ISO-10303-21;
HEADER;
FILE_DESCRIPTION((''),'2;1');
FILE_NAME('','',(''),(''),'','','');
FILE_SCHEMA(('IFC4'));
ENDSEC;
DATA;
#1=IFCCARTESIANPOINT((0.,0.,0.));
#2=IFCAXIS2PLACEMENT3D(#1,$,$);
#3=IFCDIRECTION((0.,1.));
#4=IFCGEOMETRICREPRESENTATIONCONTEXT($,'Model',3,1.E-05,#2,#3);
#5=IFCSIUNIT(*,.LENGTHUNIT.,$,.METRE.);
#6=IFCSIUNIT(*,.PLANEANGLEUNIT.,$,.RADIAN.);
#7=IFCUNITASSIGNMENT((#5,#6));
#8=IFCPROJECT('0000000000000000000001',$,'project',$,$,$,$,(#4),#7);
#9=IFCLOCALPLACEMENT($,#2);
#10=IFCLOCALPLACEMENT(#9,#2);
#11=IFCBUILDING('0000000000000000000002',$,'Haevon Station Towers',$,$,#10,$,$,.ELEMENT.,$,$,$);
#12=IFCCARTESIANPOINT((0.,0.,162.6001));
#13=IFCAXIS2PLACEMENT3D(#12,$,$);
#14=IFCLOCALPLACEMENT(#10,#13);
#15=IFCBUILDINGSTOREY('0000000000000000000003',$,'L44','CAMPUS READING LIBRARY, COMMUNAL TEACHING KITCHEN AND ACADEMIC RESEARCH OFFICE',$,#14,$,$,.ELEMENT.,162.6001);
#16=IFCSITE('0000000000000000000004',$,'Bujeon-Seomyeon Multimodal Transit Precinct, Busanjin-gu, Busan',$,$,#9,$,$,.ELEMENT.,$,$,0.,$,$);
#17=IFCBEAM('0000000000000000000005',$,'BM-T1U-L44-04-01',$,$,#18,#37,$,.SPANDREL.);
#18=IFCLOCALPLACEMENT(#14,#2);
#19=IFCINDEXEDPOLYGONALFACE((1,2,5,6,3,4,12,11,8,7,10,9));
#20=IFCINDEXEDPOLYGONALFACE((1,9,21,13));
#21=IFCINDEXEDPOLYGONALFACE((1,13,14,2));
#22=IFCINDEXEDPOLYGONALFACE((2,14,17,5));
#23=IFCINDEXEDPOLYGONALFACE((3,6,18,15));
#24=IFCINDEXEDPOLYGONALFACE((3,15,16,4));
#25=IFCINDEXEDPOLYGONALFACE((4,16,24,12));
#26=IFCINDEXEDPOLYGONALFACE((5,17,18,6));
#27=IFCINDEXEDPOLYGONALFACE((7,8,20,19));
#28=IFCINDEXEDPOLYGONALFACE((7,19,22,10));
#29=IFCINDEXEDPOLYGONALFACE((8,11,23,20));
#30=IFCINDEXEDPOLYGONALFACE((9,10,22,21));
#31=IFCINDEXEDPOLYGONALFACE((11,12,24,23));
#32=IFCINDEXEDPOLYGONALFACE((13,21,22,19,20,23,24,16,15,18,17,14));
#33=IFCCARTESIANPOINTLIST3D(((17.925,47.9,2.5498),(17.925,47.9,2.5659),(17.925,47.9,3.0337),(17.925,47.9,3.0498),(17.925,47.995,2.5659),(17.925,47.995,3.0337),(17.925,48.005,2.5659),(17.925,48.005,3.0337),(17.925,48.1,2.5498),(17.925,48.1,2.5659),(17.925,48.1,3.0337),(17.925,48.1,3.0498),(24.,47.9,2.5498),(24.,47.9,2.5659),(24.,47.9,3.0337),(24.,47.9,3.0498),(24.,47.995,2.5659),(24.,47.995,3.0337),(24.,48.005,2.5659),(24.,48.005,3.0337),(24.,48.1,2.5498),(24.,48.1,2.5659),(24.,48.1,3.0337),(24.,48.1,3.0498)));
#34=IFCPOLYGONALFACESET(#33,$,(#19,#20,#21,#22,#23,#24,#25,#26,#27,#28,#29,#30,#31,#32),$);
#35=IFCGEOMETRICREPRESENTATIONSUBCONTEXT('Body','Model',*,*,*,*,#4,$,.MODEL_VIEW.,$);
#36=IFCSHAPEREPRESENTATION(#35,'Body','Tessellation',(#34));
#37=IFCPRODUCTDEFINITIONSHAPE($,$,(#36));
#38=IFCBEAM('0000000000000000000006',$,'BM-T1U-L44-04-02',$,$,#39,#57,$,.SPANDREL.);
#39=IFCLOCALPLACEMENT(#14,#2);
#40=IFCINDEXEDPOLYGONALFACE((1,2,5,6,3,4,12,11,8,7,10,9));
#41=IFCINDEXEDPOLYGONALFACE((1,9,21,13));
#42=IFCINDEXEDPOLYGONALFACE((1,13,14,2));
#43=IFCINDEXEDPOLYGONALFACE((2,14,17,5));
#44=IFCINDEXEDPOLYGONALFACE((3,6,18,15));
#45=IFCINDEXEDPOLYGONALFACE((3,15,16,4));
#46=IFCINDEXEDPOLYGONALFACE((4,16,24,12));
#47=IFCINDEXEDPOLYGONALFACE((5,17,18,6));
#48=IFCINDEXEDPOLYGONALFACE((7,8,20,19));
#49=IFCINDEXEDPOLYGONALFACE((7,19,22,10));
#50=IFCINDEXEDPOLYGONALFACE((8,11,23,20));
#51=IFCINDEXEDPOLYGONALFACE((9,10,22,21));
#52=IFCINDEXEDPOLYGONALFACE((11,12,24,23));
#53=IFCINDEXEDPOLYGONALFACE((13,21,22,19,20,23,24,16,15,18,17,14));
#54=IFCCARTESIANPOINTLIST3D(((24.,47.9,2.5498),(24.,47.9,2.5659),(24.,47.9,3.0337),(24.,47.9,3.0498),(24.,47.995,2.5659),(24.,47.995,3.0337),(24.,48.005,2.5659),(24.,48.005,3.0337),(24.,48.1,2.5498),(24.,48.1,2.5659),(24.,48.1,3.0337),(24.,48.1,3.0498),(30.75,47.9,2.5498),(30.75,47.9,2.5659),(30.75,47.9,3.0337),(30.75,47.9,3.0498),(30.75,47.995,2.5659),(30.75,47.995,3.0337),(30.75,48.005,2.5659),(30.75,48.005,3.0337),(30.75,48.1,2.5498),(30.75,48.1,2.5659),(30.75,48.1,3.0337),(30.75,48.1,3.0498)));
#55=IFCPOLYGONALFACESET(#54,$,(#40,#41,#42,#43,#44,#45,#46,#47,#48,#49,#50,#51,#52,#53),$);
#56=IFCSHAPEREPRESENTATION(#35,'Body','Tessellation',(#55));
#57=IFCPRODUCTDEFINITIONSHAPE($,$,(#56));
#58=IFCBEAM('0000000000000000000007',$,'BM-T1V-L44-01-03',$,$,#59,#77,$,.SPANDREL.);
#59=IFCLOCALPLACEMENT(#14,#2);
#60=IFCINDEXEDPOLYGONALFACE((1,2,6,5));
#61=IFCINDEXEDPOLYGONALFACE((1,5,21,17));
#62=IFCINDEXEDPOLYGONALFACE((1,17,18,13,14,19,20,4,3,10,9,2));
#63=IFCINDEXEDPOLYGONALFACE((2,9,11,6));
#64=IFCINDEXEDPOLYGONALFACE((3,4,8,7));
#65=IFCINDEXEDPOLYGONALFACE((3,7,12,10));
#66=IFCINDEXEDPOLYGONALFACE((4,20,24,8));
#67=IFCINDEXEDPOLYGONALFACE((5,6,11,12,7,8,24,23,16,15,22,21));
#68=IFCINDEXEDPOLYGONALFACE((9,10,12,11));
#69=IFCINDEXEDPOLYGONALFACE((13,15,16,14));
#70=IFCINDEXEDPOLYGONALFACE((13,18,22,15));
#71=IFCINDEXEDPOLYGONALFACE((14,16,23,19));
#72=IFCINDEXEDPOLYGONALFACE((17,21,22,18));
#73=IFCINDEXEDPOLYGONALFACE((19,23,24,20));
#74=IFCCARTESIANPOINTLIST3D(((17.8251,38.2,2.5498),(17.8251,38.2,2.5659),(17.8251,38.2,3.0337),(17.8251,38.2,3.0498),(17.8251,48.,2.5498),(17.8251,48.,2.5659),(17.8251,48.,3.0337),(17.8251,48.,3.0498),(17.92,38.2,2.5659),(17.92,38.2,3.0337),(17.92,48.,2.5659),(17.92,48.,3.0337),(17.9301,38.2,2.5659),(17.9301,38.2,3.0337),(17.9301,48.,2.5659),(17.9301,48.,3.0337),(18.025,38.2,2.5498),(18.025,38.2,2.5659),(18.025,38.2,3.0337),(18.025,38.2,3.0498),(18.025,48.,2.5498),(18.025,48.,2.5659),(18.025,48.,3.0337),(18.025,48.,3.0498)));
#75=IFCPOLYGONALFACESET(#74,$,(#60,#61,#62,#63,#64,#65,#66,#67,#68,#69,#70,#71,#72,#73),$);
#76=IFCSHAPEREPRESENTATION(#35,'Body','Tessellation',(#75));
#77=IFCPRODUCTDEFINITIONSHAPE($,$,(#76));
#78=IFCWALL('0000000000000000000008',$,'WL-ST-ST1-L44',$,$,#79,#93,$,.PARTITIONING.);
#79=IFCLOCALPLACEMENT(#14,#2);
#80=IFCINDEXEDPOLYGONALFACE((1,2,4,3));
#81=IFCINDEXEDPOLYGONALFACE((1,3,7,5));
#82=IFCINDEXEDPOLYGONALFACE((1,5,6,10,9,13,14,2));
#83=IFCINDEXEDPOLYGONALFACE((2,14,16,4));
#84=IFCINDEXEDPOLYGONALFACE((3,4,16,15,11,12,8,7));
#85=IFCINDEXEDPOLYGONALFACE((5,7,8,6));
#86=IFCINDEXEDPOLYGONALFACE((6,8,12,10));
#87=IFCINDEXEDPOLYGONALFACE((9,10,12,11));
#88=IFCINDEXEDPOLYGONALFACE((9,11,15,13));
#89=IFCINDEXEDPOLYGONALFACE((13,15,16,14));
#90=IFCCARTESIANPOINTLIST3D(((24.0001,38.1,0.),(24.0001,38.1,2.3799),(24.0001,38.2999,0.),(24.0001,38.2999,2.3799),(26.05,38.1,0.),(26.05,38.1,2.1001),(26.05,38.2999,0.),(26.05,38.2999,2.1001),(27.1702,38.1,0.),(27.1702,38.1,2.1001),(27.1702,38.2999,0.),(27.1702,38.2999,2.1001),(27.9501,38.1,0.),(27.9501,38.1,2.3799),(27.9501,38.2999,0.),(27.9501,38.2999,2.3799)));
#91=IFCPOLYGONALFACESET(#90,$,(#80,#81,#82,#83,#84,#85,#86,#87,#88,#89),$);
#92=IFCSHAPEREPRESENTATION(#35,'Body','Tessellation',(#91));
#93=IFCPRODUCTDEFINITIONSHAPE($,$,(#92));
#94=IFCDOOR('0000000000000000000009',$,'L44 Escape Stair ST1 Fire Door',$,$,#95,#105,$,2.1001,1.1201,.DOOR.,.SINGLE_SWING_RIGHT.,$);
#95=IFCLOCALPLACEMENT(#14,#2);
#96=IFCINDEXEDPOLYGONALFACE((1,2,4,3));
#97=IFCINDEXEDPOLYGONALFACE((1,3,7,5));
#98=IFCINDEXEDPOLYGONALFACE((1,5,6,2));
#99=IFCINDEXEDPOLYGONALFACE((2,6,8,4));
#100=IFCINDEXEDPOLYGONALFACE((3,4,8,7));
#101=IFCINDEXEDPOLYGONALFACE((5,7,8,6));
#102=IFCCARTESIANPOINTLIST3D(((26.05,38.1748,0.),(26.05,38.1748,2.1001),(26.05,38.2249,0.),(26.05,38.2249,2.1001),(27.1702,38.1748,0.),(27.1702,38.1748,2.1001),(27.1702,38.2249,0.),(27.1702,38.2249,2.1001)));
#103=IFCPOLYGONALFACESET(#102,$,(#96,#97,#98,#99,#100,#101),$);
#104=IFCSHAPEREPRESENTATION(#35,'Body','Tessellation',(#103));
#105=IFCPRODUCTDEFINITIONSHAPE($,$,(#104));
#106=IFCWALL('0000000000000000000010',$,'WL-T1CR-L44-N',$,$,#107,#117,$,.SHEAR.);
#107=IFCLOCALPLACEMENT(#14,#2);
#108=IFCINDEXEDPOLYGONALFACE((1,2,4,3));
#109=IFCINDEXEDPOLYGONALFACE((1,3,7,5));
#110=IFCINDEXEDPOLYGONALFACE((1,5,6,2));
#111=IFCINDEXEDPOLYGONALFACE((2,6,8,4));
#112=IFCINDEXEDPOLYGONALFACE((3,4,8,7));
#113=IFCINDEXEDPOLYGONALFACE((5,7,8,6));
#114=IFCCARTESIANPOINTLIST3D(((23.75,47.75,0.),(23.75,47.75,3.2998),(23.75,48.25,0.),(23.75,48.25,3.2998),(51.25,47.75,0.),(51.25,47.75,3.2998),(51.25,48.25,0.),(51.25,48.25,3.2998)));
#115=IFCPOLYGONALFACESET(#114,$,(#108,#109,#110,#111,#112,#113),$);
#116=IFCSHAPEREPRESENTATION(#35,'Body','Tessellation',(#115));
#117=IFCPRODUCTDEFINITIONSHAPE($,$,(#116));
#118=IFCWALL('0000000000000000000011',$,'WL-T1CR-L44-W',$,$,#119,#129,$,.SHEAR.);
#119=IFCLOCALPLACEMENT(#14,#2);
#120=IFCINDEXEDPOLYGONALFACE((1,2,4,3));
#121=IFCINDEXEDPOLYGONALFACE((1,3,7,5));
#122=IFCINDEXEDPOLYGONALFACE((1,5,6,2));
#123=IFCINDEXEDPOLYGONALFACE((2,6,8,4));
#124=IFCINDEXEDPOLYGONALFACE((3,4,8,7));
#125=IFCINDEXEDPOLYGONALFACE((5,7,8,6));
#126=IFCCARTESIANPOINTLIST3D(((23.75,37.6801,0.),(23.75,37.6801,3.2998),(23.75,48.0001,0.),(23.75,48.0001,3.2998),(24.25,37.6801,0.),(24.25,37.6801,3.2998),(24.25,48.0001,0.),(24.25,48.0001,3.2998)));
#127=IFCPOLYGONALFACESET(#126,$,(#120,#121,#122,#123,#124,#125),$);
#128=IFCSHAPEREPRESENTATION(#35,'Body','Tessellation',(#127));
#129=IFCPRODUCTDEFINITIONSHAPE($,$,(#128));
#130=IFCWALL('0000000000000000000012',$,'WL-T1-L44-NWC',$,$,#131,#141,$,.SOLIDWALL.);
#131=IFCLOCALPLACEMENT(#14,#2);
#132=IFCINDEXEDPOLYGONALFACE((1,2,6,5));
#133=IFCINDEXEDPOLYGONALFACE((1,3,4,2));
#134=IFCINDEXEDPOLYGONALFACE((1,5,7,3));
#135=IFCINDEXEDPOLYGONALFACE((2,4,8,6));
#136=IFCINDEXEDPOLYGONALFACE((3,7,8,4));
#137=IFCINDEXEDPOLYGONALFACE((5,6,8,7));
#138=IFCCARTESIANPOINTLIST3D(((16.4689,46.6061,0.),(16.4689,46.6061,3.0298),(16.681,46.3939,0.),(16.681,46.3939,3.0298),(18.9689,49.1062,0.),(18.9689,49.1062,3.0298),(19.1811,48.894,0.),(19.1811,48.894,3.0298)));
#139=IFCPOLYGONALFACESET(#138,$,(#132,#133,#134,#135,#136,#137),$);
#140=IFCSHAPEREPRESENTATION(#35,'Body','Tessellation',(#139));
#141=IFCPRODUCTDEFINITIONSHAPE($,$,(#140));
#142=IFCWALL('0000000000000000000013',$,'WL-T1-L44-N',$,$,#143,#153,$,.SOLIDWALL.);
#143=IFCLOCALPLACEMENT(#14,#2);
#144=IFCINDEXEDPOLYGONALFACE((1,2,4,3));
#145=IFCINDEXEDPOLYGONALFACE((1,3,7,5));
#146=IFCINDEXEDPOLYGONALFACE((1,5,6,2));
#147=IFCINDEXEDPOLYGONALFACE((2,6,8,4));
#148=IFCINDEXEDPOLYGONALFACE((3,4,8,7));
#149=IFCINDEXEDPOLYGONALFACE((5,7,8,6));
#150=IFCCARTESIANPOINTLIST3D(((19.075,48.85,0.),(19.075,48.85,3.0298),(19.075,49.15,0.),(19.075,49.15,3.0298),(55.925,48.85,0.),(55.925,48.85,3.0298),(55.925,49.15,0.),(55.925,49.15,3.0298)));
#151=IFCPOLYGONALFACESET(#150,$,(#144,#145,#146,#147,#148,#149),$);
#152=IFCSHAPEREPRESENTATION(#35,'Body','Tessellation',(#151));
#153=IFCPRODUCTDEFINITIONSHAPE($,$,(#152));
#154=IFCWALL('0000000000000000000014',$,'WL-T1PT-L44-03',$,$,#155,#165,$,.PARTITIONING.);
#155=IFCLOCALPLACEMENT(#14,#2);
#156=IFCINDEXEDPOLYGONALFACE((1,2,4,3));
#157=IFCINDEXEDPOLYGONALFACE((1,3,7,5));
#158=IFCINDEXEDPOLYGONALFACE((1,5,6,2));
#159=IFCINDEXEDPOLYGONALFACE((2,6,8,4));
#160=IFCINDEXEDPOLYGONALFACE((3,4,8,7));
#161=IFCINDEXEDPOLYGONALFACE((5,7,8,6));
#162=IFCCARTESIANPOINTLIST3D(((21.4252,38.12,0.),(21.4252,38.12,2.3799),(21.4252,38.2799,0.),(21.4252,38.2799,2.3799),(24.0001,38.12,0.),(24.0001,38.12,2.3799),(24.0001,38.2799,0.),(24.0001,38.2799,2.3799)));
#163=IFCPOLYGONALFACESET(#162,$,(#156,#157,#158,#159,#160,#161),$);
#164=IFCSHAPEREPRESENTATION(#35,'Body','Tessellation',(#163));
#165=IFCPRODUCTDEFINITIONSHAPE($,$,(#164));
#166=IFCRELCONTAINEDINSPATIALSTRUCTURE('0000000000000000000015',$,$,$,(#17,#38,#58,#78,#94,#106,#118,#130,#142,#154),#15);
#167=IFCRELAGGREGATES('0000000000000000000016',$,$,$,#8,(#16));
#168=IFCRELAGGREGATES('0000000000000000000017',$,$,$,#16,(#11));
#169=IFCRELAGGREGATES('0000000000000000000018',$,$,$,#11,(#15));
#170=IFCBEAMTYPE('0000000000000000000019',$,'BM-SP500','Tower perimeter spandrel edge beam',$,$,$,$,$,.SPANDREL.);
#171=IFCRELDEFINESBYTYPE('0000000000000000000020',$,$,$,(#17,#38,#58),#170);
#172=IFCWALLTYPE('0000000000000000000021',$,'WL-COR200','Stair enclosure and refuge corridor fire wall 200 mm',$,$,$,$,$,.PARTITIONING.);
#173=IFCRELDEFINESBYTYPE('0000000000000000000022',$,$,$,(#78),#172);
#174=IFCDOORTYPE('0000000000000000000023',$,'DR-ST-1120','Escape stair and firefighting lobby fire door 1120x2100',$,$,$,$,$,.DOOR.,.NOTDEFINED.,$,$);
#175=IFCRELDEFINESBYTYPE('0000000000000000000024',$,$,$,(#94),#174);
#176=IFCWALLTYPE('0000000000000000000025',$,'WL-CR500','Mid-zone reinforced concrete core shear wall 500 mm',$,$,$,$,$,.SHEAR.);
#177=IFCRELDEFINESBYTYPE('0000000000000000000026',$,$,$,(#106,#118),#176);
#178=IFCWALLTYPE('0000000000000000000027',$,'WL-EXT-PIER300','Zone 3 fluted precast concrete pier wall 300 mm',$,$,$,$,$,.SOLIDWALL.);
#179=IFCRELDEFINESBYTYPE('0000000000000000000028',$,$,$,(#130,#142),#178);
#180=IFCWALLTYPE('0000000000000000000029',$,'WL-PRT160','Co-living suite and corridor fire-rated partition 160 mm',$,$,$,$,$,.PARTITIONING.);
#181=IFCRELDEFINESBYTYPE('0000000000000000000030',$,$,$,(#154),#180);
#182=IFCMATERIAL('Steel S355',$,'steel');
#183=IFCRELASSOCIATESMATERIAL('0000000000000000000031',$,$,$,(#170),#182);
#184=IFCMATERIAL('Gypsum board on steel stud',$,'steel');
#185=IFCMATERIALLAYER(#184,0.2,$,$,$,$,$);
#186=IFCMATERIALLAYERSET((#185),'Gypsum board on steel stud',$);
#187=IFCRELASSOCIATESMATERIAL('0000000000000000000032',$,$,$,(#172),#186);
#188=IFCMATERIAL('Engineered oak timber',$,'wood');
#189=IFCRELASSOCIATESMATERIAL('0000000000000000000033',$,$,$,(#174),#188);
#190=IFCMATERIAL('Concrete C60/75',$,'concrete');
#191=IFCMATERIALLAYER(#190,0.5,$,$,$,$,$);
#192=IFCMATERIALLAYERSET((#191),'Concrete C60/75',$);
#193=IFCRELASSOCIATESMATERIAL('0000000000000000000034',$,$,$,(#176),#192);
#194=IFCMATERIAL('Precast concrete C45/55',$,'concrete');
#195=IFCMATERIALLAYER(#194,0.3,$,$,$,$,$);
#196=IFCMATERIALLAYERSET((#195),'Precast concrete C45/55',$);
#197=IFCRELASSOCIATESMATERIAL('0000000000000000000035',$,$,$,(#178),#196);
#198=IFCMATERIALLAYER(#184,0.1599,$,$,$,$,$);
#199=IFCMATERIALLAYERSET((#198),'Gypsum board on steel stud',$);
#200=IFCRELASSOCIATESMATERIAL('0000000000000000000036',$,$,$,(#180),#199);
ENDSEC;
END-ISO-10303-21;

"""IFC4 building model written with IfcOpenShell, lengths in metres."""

from ifc_helpers import new_model, si_unit, direction, frame, frame_2d, origin, origin_2d, place, context, subcontext, project, spatial, rectangle, i_section, extrude, material, layer, layer_set, material_profile, profile_set, type_object, element, fill, save


model = new_model("IFC4")

# Units and contexts
model_context = context("Model", 3, precision=1e-05, world=origin(), true_north=direction((0.0, 1.0)))
body_context = subcontext(model_context, "Body", "Model", "MODEL_VIEW")
ifc_project = project(units=[si_unit("LENGTHUNIT", "METRE"), si_unit("PLANEANGLEUNIT", "RADIAN")], contexts=[model_context])

# Site, building, storey
site_placement = place(None, origin())
site = spatial("IfcSite", under=ifc_project, at=site_placement, Name="Bujeon-Seomyeon Multimodal Transit Precinct, Busanjin-gu, Busan", CompositionType="ELEMENT", RefElevation=0.0)
building_placement = place(site_placement, origin())
building = spatial("IfcBuilding", under=site, at=building_placement, Name="Haevon Station Towers", CompositionType="ELEMENT")
storey_placement = place(building_placement, frame((0.0, 0.0, 162.6001)))
storey = spatial("IfcBuildingStorey", under=building, at=storey_placement, Name="L44", Description="CAMPUS READING LIBRARY, COMMUNAL TEACHING KITCHEN AND ACADEMIC RESEARCH OFFICE", CompositionType="ELEMENT", Elevation=162.6001)

# Shared definitions
ifc_material_1 = material(Name="Steel S355", Category="steel")

# Beams
ifc_material_profile_1 = material_profile(ifc_material_1, i_section(OverallWidth=0.2, OverallDepth=0.5, WebThickness=0.01, FlangeThickness=0.0161, at=origin_2d()), Name="H-500x200x10x16")
ifc_profile_set_1 = profile_set([ifc_material_profile_1], Name="Steel S355")
beam_type_1 = type_object("IfcBeamType", Name="BM-SP500", Description="Tower perimeter spandrel edge beam", PredefinedType="SPANDREL", material=ifc_profile_set_1)
beam_1_placement = place(storey_placement, frame((17.925, 48.0, 2.7998), z_axis=(1.0, 0.0, 0.0), x_axis=(0.0, 1.0, 0.0)))
element("IfcBeam", 1, at=beam_1_placement, inside=storey, type_object=beam_type_1, Name="BM-T1U-L44-04-01", PredefinedType="SPANDREL", context=body_context, shape_type="SweptSolid", body=[
    extrude(i_section(OverallWidth=0.2, OverallDepth=0.5, WebThickness=0.01, FlangeThickness=0.0161, at=origin_2d()), origin(), (0.0, 0.0, 1.0), 6.075),
])
beam_2_placement = place(storey_placement, frame((24.0, 48.0, 2.7998), z_axis=(1.0, 0.0, 0.0), x_axis=(0.0, 1.0, 0.0)))
element("IfcBeam", 2, at=beam_2_placement, inside=storey, type_object=beam_type_1, Name="BM-T1U-L44-04-02", PredefinedType="SPANDREL", context=body_context, shape_type="SweptSolid", body=[
    extrude(i_section(OverallWidth=0.2, OverallDepth=0.5, WebThickness=0.01, FlangeThickness=0.0161, at=origin_2d()), origin(), (0.0, 0.0, 1.0), 6.75),
])
beam_3_placement = place(storey_placement, frame((17.925, 38.2, 2.7998), z_axis=(0.0, 1.0, 0.0), x_axis=(-1.0, 0.0, 0.0)))
element("IfcBeam", 3, at=beam_3_placement, inside=storey, type_object=beam_type_1, Name="BM-T1V-L44-01-03", PredefinedType="SPANDREL", context=body_context, shape_type="SweptSolid", body=[
    extrude(i_section(OverallWidth=0.2, OverallDepth=0.5, WebThickness=0.01, FlangeThickness=0.0161, at=origin_2d()), origin(), (0.0, 0.0, 1.0), 9.8),
])

# Wall, opening, door
ifc_material_2 = material(Name="Gypsum board on steel stud", Category="steel")
ifc_layer_1 = layer(ifc_material_2, 0.2)
ifc_layer_set_1 = layer_set([ifc_layer_1], Name="Gypsum board on steel stud")
wall_type_1 = type_object("IfcWallType", Name="WL-COR200", Description="Stair enclosure and refuge corridor fire wall 200 mm", PredefinedType="PARTITIONING", material=ifc_layer_set_1)
wall_1_placement = place(storey_placement, frame((24.0, 38.2, 0.0), z_axis=(0.0, 0.0, 1.0), x_axis=(1.0, 0.0, 0.0)))
wall_1 = element("IfcWall", 4, at=wall_1_placement, inside=storey, type_object=wall_type_1, Name="WL-ST-ST1-L44", PredefinedType="PARTITIONING", context=body_context, shape_type="SweptSolid", body=[
    extrude(rectangle(XDim=3.95, YDim=0.2, at=frame_2d((1.9751, 0.0))), origin(), (0.0, 0.0, 1.0), 2.3799),
])
opening_placement = place(wall_1_placement, frame((2.05, 0.0, 0.0)))
opening = element("IfcOpeningElement", 5, at=opening_placement, cuts=wall_1, PredefinedType="OPENING", context=body_context, shape_type="SweptSolid", body=[
    extrude(rectangle(XDim=1.1201, YDim=2.1001, at=frame_2d((0.5601, 1.05))), frame((0.0, 0.1099, 0.0), z_axis=(0.0, -1.0, 0.0), x_axis=(1.0, 0.0, 0.0)), (0.0, 0.0, 1.0), 0.22),
])
ifc_material_3 = material(Name="Engineered oak timber", Category="wood")
door_type = type_object("IfcDoorType", Name="DR-ST-1120", Description="Escape stair and firefighting lobby fire door 1120x2100", OperationType="NOTDEFINED", PredefinedType="DOOR", material=ifc_material_3)
door_placement = place(opening_placement, origin())
door = element("IfcDoor", 6, at=door_placement, inside=storey, type_object=door_type, Name="L44 Escape Stair ST1 Fire Door", OperationType="SINGLE_SWING_RIGHT", OverallHeight=2.1001, OverallWidth=1.1201, PredefinedType="DOOR", context=body_context, shape_type="SweptSolid", body=[
    extrude(rectangle(XDim=1.1201, YDim=2.1001, at=frame_2d((0.5601, 1.05))), frame((0.0, 0.0249, 0.0), z_axis=(0.0, -1.0, 0.0), x_axis=(1.0, 0.0, 0.0)), (0.0, 0.0, 1.0), 0.05),
])
fill(opening, door)

# Walls
ifc_material_4 = material(Name="Concrete C60/75", Category="concrete")
ifc_layer_2 = layer(ifc_material_4, 0.5)
ifc_layer_set_2 = layer_set([ifc_layer_2], Name="Concrete C60/75")
wall_type_2 = type_object("IfcWallType", Name="WL-CR500", Description="Mid-zone reinforced concrete core shear wall 500 mm", PredefinedType="SHEAR", material=ifc_layer_set_2)
wall_2_placement = place(storey_placement, frame((23.75, 48.0, 0.0), z_axis=(0.0, 0.0, 1.0), x_axis=(1.0, 0.0, 0.0)))
element("IfcWall", 7, at=wall_2_placement, inside=storey, type_object=wall_type_2, Name="WL-T1CR-L44-N", PredefinedType="SHEAR", context=body_context, shape_type="SweptSolid", body=[
    extrude(rectangle(XDim=27.5, YDim=0.5, at=frame_2d((13.75, 0.0))), origin(), (0.0, 0.0, 1.0), 3.2998),
])
wall_3_placement = place(storey_placement, frame((24.0, 37.6799, 0.0), z_axis=(0.0, 0.0, 1.0), x_axis=(0.0, 1.0, 0.0)))
element("IfcWall", 8, at=wall_3_placement, inside=storey, type_object=wall_type_2, Name="WL-T1CR-L44-W", PredefinedType="SHEAR", context=body_context, shape_type="SweptSolid", body=[
    extrude(rectangle(XDim=10.3201, YDim=0.5, at=frame_2d((5.1602, 0.0))), origin(), (0.0, 0.0, 1.0), 3.2998),
])
ifc_material_5 = material(Name="Precast concrete C45/55", Category="concrete")
ifc_layer_3 = layer(ifc_material_5, 0.3)
ifc_layer_set_3 = layer_set([ifc_layer_3], Name="Precast concrete C45/55")
wall_type_3 = type_object("IfcWallType", Name="WL-EXT-PIER300", Description="Zone 3 fluted precast concrete pier wall 300 mm", PredefinedType="SOLIDWALL", material=ifc_layer_set_3)
wall_4_placement = place(storey_placement, frame((16.575, 46.5, 0.0), z_axis=(0.0, 0.0, 1.0), x_axis=(0.707107, 0.707107, 0.0)))
element("IfcWall", 9, at=wall_4_placement, inside=storey, type_object=wall_type_3, Name="WL-T1-L44-NWC", PredefinedType="SOLIDWALL", context=body_context, shape_type="SweptSolid", body=[
    extrude(rectangle(XDim=3.5356, YDim=0.3, at=frame_2d((1.7678, 0.0))), origin(), (0.0, 0.0, 1.0), 3.0298),
])
wall_5_placement = place(storey_placement, frame((19.075, 49.0, 0.0), z_axis=(0.0, 0.0, 1.0), x_axis=(1.0, 0.0, 0.0)))
element("IfcWall", 10, at=wall_5_placement, inside=storey, type_object=wall_type_3, Name="WL-T1-L44-N", PredefinedType="SOLIDWALL", context=body_context, shape_type="SweptSolid", body=[
    extrude(rectangle(XDim=36.8501, YDim=0.3, at=frame_2d((18.425, 0.0))), origin(), (0.0, 0.0, 1.0), 3.0298),
])
ifc_layer_4 = layer(ifc_material_2, 0.1599)
ifc_layer_set_4 = layer_set([ifc_layer_4], Name="Gypsum board on steel stud")
wall_type_4 = type_object("IfcWallType", Name="WL-PRT160", Description="Co-living suite and corridor fire-rated partition 160 mm", PredefinedType="PARTITIONING", material=ifc_layer_set_4)
wall_6_placement = place(storey_placement, frame((21.425, 38.2, 0.0), z_axis=(0.0, 0.0, 1.0), x_axis=(1.0, 0.0, 0.0)))
element("IfcWall", 11, at=wall_6_placement, inside=storey, type_object=wall_type_4, Name="WL-T1PT-L44-03", PredefinedType="PARTITIONING", context=body_context, shape_type="SweptSolid", body=[
    extrude(rectangle(XDim=2.575, YDim=0.1599, at=frame_2d((1.2876, 0.0))), origin(), (0.0, 0.0, 1.0), 2.3799),
])

save(model, "model.ifc")
